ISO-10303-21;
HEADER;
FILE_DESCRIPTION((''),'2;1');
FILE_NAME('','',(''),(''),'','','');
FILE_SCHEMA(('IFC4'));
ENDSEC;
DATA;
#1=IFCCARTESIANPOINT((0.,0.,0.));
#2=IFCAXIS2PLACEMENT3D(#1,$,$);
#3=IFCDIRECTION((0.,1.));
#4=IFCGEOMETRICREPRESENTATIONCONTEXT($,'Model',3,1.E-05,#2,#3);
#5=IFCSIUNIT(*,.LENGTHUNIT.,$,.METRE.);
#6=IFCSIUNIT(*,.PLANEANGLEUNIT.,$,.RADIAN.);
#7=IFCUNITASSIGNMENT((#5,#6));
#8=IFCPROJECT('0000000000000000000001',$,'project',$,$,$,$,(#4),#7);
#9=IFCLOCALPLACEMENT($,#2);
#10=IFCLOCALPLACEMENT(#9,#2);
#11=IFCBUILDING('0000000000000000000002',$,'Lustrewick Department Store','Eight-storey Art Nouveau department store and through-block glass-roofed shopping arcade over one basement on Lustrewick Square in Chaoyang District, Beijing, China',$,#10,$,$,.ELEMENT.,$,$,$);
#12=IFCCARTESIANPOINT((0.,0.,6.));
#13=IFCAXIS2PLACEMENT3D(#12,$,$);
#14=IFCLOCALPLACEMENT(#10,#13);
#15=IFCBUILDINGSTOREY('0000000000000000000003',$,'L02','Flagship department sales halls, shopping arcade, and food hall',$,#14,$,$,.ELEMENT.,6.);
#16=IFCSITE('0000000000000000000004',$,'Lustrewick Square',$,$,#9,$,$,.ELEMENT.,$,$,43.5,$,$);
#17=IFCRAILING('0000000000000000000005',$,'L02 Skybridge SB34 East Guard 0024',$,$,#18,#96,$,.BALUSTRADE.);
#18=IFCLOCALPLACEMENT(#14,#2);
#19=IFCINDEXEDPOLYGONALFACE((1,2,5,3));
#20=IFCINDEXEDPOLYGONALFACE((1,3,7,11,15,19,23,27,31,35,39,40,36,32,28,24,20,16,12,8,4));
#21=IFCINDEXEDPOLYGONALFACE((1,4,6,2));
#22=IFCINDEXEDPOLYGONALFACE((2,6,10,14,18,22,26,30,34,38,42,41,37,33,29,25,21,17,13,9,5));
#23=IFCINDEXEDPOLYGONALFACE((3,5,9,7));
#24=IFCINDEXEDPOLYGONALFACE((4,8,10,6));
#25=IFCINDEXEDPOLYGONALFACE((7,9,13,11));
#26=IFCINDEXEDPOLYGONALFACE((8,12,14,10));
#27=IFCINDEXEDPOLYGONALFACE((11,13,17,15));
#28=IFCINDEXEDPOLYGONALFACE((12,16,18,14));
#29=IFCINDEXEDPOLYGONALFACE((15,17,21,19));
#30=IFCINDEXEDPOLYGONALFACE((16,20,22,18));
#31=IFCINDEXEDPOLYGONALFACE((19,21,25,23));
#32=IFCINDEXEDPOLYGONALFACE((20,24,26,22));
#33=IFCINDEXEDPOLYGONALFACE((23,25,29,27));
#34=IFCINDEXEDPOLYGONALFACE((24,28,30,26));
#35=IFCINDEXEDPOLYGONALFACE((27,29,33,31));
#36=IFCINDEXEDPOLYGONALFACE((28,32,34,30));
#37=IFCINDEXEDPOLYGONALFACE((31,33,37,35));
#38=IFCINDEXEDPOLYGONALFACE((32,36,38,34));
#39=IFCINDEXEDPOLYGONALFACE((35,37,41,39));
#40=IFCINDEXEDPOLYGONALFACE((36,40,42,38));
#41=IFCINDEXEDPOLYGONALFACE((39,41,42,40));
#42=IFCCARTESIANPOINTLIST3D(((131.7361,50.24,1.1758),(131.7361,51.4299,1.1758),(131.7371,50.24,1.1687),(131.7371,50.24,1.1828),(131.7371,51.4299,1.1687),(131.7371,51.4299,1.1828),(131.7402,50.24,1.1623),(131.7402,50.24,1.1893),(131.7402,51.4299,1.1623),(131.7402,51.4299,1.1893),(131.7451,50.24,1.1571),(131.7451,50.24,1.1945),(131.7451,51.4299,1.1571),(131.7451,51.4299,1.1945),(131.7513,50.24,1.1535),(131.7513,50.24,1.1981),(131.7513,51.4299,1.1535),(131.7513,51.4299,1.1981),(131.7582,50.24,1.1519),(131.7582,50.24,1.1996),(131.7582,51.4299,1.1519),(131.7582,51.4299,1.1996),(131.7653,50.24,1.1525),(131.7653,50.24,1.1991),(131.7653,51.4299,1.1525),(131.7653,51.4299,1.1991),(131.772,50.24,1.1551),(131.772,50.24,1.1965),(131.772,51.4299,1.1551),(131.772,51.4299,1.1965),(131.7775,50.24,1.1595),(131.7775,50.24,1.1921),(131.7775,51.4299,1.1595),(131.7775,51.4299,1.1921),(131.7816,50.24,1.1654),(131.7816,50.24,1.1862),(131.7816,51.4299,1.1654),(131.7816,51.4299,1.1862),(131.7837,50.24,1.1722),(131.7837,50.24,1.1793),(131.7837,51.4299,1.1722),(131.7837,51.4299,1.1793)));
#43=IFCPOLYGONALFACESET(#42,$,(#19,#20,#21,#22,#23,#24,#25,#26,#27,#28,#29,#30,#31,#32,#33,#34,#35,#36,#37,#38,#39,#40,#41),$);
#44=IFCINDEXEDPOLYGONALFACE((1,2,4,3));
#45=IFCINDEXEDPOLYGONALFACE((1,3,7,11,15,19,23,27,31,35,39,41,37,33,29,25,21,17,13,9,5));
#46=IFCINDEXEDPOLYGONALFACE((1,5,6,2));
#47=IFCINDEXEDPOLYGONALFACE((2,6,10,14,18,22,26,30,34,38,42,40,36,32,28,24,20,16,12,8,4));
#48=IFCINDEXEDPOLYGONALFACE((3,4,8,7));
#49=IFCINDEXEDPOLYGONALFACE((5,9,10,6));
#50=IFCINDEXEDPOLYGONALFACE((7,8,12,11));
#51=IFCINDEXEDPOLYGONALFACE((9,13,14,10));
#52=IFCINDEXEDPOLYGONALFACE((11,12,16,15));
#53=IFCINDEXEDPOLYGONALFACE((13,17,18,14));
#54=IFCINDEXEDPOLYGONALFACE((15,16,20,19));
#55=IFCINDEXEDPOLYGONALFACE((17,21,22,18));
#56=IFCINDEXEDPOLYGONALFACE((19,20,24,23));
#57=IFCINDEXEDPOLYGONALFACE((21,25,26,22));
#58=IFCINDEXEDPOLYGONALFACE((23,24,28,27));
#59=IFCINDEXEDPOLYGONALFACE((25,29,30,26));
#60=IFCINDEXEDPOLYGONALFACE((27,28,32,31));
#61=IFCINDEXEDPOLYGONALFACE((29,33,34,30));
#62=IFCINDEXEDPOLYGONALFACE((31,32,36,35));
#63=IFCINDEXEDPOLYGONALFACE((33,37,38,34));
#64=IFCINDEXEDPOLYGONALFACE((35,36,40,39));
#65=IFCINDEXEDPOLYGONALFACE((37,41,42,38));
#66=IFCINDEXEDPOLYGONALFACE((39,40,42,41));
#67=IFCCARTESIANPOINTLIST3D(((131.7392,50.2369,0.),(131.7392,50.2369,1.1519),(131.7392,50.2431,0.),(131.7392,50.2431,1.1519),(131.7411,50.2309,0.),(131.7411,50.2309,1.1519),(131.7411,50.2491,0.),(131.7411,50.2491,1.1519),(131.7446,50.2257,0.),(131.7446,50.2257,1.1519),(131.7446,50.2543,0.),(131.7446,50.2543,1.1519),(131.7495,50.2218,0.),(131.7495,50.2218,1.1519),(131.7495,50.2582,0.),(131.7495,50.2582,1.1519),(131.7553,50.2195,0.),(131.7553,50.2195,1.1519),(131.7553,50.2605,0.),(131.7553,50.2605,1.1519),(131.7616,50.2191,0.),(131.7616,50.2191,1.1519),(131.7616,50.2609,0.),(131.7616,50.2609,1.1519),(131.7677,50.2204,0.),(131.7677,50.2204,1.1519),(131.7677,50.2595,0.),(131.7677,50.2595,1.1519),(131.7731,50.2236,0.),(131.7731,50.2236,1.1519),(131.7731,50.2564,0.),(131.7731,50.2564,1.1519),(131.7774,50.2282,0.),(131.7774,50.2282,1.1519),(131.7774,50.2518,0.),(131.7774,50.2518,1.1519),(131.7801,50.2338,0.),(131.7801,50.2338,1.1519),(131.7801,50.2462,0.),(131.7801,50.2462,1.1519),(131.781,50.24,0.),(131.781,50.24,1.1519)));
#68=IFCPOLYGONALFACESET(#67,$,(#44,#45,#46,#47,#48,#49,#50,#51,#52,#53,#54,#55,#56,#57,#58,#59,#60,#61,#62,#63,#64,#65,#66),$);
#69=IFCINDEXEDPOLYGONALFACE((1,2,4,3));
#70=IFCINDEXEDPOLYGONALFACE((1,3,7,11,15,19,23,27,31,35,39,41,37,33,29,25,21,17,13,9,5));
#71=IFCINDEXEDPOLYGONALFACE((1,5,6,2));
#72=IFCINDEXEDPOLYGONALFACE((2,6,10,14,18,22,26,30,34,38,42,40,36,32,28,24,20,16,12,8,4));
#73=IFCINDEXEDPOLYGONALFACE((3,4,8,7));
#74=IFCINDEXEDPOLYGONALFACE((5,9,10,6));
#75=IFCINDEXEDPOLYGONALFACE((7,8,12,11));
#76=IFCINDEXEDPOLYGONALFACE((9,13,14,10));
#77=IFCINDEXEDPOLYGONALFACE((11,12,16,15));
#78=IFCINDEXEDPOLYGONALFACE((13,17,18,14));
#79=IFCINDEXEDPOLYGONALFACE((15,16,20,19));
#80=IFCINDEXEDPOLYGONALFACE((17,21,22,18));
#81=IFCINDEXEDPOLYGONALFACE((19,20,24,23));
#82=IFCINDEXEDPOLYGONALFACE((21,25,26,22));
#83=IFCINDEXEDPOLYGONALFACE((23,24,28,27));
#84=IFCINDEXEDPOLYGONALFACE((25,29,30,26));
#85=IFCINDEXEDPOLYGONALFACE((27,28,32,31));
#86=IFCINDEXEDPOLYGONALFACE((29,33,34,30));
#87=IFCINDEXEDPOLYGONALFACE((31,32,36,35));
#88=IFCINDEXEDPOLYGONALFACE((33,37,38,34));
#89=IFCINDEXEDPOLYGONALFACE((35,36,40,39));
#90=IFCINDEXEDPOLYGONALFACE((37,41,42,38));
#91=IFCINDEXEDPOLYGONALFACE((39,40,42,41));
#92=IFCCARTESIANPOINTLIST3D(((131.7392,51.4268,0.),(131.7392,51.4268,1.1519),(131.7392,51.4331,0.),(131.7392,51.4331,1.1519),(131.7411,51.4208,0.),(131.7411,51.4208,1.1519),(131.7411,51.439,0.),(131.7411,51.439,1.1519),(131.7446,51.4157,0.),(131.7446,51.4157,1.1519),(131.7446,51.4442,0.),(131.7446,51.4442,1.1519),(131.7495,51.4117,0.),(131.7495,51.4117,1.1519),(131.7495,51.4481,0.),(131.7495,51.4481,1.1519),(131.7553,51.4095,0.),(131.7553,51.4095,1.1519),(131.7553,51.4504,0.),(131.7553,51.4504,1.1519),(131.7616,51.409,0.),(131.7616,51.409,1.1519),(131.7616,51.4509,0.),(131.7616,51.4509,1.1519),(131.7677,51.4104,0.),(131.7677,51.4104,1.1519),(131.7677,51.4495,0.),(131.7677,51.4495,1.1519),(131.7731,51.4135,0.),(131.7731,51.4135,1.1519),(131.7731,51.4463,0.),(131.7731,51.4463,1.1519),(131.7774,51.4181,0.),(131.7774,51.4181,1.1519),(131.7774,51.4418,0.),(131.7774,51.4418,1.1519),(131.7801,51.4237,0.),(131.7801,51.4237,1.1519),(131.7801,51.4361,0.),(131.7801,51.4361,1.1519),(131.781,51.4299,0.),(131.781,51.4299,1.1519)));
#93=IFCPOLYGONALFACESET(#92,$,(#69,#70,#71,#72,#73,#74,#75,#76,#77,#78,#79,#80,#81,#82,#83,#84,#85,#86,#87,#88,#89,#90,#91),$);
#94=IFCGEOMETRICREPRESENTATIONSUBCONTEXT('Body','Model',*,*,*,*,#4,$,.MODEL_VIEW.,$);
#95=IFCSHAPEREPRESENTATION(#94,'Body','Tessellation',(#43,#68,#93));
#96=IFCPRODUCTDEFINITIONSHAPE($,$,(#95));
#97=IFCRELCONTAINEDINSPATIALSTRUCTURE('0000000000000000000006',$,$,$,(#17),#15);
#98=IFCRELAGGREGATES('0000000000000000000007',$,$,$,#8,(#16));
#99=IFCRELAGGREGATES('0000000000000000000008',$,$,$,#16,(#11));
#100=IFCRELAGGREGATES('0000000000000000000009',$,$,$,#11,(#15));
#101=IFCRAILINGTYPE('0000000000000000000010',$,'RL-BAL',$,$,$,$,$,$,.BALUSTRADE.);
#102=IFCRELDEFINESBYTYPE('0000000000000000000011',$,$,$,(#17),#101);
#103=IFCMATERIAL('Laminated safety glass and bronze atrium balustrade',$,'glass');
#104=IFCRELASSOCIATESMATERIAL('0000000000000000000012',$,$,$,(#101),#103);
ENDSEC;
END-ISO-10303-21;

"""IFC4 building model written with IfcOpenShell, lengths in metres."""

from ifc_helpers import new_model, si_unit, direction, frame, origin, origin_2d, place, context, subcontext, project, spatial, circle, extrude, material, type_object, element, save


model = new_model("IFC4")

# Units and contexts
model_context = context("Model", 3, precision=1e-05, world=origin(), true_north=direction((0.0, 1.0)))
body_context = subcontext(model_context, "Body", "Model", "MODEL_VIEW")
ifc_project = project(units=[si_unit("LENGTHUNIT", "METRE"), si_unit("PLANEANGLEUNIT", "RADIAN")], contexts=[model_context])

# Site, building, storey
site_placement = place(None, origin())
site = spatial("IfcSite", under=ifc_project, at=site_placement, Name="Lustrewick Square", CompositionType="ELEMENT", RefElevation=43.5)
building_placement = place(site_placement, origin())
building = spatial("IfcBuilding", under=site, at=building_placement, Name="Lustrewick Department Store", Description="Eight-storey Art Nouveau department store and through-block glass-roofed shopping arcade over one basement on Lustrewick Square in Chaoyang District, Beijing, China", CompositionType="ELEMENT")
storey_placement = place(building_placement, frame((0.0, 0.0, 6.0)))
storey = spatial("IfcBuildingStorey", under=building, at=storey_placement, Name="L02", Description="Flagship department sales halls, shopping arcade, and food hall", CompositionType="ELEMENT", Elevation=6.0)

# Railing
ifc_material_1 = material(Name="Laminated safety glass and bronze atrium balustrade", Category="glass")
railing_type_1 = type_object("IfcRailingType", Name="RL-BAL", PredefinedType="BALUSTRADE", material=ifc_material_1)
for number, where, name in (
    (1, (131.76, 50.24, 0.0), "L02 Skybridge SB34 East Guard 0024"),
):
    element("IfcRailing", number, at=place(storey_placement, frame(where)), inside=storey, type_object=railing_type_1, Name=name, PredefinedType="BALUSTRADE", context=body_context, shape_type="SweptSolid", body=[
        extrude(circle(Radius=0.0239, at=origin_2d()), frame((0.0, 0.0, 1.1758), z_axis=(0.0, 1.0, 0.0), x_axis=(-1.0, 0.0, 0.0)), (0.0, 0.0, 1.0), 1.1899),
        extrude(circle(Radius=0.021, at=origin_2d()), origin(), (0.0, 0.0, 1.0), 1.1519),
        extrude(circle(Radius=0.021, at=origin_2d()), frame((0.0, 1.1899, 0.0)), (0.0, 0.0, 1.0), 1.1519),
    ])

save(model, "model.ifc")
